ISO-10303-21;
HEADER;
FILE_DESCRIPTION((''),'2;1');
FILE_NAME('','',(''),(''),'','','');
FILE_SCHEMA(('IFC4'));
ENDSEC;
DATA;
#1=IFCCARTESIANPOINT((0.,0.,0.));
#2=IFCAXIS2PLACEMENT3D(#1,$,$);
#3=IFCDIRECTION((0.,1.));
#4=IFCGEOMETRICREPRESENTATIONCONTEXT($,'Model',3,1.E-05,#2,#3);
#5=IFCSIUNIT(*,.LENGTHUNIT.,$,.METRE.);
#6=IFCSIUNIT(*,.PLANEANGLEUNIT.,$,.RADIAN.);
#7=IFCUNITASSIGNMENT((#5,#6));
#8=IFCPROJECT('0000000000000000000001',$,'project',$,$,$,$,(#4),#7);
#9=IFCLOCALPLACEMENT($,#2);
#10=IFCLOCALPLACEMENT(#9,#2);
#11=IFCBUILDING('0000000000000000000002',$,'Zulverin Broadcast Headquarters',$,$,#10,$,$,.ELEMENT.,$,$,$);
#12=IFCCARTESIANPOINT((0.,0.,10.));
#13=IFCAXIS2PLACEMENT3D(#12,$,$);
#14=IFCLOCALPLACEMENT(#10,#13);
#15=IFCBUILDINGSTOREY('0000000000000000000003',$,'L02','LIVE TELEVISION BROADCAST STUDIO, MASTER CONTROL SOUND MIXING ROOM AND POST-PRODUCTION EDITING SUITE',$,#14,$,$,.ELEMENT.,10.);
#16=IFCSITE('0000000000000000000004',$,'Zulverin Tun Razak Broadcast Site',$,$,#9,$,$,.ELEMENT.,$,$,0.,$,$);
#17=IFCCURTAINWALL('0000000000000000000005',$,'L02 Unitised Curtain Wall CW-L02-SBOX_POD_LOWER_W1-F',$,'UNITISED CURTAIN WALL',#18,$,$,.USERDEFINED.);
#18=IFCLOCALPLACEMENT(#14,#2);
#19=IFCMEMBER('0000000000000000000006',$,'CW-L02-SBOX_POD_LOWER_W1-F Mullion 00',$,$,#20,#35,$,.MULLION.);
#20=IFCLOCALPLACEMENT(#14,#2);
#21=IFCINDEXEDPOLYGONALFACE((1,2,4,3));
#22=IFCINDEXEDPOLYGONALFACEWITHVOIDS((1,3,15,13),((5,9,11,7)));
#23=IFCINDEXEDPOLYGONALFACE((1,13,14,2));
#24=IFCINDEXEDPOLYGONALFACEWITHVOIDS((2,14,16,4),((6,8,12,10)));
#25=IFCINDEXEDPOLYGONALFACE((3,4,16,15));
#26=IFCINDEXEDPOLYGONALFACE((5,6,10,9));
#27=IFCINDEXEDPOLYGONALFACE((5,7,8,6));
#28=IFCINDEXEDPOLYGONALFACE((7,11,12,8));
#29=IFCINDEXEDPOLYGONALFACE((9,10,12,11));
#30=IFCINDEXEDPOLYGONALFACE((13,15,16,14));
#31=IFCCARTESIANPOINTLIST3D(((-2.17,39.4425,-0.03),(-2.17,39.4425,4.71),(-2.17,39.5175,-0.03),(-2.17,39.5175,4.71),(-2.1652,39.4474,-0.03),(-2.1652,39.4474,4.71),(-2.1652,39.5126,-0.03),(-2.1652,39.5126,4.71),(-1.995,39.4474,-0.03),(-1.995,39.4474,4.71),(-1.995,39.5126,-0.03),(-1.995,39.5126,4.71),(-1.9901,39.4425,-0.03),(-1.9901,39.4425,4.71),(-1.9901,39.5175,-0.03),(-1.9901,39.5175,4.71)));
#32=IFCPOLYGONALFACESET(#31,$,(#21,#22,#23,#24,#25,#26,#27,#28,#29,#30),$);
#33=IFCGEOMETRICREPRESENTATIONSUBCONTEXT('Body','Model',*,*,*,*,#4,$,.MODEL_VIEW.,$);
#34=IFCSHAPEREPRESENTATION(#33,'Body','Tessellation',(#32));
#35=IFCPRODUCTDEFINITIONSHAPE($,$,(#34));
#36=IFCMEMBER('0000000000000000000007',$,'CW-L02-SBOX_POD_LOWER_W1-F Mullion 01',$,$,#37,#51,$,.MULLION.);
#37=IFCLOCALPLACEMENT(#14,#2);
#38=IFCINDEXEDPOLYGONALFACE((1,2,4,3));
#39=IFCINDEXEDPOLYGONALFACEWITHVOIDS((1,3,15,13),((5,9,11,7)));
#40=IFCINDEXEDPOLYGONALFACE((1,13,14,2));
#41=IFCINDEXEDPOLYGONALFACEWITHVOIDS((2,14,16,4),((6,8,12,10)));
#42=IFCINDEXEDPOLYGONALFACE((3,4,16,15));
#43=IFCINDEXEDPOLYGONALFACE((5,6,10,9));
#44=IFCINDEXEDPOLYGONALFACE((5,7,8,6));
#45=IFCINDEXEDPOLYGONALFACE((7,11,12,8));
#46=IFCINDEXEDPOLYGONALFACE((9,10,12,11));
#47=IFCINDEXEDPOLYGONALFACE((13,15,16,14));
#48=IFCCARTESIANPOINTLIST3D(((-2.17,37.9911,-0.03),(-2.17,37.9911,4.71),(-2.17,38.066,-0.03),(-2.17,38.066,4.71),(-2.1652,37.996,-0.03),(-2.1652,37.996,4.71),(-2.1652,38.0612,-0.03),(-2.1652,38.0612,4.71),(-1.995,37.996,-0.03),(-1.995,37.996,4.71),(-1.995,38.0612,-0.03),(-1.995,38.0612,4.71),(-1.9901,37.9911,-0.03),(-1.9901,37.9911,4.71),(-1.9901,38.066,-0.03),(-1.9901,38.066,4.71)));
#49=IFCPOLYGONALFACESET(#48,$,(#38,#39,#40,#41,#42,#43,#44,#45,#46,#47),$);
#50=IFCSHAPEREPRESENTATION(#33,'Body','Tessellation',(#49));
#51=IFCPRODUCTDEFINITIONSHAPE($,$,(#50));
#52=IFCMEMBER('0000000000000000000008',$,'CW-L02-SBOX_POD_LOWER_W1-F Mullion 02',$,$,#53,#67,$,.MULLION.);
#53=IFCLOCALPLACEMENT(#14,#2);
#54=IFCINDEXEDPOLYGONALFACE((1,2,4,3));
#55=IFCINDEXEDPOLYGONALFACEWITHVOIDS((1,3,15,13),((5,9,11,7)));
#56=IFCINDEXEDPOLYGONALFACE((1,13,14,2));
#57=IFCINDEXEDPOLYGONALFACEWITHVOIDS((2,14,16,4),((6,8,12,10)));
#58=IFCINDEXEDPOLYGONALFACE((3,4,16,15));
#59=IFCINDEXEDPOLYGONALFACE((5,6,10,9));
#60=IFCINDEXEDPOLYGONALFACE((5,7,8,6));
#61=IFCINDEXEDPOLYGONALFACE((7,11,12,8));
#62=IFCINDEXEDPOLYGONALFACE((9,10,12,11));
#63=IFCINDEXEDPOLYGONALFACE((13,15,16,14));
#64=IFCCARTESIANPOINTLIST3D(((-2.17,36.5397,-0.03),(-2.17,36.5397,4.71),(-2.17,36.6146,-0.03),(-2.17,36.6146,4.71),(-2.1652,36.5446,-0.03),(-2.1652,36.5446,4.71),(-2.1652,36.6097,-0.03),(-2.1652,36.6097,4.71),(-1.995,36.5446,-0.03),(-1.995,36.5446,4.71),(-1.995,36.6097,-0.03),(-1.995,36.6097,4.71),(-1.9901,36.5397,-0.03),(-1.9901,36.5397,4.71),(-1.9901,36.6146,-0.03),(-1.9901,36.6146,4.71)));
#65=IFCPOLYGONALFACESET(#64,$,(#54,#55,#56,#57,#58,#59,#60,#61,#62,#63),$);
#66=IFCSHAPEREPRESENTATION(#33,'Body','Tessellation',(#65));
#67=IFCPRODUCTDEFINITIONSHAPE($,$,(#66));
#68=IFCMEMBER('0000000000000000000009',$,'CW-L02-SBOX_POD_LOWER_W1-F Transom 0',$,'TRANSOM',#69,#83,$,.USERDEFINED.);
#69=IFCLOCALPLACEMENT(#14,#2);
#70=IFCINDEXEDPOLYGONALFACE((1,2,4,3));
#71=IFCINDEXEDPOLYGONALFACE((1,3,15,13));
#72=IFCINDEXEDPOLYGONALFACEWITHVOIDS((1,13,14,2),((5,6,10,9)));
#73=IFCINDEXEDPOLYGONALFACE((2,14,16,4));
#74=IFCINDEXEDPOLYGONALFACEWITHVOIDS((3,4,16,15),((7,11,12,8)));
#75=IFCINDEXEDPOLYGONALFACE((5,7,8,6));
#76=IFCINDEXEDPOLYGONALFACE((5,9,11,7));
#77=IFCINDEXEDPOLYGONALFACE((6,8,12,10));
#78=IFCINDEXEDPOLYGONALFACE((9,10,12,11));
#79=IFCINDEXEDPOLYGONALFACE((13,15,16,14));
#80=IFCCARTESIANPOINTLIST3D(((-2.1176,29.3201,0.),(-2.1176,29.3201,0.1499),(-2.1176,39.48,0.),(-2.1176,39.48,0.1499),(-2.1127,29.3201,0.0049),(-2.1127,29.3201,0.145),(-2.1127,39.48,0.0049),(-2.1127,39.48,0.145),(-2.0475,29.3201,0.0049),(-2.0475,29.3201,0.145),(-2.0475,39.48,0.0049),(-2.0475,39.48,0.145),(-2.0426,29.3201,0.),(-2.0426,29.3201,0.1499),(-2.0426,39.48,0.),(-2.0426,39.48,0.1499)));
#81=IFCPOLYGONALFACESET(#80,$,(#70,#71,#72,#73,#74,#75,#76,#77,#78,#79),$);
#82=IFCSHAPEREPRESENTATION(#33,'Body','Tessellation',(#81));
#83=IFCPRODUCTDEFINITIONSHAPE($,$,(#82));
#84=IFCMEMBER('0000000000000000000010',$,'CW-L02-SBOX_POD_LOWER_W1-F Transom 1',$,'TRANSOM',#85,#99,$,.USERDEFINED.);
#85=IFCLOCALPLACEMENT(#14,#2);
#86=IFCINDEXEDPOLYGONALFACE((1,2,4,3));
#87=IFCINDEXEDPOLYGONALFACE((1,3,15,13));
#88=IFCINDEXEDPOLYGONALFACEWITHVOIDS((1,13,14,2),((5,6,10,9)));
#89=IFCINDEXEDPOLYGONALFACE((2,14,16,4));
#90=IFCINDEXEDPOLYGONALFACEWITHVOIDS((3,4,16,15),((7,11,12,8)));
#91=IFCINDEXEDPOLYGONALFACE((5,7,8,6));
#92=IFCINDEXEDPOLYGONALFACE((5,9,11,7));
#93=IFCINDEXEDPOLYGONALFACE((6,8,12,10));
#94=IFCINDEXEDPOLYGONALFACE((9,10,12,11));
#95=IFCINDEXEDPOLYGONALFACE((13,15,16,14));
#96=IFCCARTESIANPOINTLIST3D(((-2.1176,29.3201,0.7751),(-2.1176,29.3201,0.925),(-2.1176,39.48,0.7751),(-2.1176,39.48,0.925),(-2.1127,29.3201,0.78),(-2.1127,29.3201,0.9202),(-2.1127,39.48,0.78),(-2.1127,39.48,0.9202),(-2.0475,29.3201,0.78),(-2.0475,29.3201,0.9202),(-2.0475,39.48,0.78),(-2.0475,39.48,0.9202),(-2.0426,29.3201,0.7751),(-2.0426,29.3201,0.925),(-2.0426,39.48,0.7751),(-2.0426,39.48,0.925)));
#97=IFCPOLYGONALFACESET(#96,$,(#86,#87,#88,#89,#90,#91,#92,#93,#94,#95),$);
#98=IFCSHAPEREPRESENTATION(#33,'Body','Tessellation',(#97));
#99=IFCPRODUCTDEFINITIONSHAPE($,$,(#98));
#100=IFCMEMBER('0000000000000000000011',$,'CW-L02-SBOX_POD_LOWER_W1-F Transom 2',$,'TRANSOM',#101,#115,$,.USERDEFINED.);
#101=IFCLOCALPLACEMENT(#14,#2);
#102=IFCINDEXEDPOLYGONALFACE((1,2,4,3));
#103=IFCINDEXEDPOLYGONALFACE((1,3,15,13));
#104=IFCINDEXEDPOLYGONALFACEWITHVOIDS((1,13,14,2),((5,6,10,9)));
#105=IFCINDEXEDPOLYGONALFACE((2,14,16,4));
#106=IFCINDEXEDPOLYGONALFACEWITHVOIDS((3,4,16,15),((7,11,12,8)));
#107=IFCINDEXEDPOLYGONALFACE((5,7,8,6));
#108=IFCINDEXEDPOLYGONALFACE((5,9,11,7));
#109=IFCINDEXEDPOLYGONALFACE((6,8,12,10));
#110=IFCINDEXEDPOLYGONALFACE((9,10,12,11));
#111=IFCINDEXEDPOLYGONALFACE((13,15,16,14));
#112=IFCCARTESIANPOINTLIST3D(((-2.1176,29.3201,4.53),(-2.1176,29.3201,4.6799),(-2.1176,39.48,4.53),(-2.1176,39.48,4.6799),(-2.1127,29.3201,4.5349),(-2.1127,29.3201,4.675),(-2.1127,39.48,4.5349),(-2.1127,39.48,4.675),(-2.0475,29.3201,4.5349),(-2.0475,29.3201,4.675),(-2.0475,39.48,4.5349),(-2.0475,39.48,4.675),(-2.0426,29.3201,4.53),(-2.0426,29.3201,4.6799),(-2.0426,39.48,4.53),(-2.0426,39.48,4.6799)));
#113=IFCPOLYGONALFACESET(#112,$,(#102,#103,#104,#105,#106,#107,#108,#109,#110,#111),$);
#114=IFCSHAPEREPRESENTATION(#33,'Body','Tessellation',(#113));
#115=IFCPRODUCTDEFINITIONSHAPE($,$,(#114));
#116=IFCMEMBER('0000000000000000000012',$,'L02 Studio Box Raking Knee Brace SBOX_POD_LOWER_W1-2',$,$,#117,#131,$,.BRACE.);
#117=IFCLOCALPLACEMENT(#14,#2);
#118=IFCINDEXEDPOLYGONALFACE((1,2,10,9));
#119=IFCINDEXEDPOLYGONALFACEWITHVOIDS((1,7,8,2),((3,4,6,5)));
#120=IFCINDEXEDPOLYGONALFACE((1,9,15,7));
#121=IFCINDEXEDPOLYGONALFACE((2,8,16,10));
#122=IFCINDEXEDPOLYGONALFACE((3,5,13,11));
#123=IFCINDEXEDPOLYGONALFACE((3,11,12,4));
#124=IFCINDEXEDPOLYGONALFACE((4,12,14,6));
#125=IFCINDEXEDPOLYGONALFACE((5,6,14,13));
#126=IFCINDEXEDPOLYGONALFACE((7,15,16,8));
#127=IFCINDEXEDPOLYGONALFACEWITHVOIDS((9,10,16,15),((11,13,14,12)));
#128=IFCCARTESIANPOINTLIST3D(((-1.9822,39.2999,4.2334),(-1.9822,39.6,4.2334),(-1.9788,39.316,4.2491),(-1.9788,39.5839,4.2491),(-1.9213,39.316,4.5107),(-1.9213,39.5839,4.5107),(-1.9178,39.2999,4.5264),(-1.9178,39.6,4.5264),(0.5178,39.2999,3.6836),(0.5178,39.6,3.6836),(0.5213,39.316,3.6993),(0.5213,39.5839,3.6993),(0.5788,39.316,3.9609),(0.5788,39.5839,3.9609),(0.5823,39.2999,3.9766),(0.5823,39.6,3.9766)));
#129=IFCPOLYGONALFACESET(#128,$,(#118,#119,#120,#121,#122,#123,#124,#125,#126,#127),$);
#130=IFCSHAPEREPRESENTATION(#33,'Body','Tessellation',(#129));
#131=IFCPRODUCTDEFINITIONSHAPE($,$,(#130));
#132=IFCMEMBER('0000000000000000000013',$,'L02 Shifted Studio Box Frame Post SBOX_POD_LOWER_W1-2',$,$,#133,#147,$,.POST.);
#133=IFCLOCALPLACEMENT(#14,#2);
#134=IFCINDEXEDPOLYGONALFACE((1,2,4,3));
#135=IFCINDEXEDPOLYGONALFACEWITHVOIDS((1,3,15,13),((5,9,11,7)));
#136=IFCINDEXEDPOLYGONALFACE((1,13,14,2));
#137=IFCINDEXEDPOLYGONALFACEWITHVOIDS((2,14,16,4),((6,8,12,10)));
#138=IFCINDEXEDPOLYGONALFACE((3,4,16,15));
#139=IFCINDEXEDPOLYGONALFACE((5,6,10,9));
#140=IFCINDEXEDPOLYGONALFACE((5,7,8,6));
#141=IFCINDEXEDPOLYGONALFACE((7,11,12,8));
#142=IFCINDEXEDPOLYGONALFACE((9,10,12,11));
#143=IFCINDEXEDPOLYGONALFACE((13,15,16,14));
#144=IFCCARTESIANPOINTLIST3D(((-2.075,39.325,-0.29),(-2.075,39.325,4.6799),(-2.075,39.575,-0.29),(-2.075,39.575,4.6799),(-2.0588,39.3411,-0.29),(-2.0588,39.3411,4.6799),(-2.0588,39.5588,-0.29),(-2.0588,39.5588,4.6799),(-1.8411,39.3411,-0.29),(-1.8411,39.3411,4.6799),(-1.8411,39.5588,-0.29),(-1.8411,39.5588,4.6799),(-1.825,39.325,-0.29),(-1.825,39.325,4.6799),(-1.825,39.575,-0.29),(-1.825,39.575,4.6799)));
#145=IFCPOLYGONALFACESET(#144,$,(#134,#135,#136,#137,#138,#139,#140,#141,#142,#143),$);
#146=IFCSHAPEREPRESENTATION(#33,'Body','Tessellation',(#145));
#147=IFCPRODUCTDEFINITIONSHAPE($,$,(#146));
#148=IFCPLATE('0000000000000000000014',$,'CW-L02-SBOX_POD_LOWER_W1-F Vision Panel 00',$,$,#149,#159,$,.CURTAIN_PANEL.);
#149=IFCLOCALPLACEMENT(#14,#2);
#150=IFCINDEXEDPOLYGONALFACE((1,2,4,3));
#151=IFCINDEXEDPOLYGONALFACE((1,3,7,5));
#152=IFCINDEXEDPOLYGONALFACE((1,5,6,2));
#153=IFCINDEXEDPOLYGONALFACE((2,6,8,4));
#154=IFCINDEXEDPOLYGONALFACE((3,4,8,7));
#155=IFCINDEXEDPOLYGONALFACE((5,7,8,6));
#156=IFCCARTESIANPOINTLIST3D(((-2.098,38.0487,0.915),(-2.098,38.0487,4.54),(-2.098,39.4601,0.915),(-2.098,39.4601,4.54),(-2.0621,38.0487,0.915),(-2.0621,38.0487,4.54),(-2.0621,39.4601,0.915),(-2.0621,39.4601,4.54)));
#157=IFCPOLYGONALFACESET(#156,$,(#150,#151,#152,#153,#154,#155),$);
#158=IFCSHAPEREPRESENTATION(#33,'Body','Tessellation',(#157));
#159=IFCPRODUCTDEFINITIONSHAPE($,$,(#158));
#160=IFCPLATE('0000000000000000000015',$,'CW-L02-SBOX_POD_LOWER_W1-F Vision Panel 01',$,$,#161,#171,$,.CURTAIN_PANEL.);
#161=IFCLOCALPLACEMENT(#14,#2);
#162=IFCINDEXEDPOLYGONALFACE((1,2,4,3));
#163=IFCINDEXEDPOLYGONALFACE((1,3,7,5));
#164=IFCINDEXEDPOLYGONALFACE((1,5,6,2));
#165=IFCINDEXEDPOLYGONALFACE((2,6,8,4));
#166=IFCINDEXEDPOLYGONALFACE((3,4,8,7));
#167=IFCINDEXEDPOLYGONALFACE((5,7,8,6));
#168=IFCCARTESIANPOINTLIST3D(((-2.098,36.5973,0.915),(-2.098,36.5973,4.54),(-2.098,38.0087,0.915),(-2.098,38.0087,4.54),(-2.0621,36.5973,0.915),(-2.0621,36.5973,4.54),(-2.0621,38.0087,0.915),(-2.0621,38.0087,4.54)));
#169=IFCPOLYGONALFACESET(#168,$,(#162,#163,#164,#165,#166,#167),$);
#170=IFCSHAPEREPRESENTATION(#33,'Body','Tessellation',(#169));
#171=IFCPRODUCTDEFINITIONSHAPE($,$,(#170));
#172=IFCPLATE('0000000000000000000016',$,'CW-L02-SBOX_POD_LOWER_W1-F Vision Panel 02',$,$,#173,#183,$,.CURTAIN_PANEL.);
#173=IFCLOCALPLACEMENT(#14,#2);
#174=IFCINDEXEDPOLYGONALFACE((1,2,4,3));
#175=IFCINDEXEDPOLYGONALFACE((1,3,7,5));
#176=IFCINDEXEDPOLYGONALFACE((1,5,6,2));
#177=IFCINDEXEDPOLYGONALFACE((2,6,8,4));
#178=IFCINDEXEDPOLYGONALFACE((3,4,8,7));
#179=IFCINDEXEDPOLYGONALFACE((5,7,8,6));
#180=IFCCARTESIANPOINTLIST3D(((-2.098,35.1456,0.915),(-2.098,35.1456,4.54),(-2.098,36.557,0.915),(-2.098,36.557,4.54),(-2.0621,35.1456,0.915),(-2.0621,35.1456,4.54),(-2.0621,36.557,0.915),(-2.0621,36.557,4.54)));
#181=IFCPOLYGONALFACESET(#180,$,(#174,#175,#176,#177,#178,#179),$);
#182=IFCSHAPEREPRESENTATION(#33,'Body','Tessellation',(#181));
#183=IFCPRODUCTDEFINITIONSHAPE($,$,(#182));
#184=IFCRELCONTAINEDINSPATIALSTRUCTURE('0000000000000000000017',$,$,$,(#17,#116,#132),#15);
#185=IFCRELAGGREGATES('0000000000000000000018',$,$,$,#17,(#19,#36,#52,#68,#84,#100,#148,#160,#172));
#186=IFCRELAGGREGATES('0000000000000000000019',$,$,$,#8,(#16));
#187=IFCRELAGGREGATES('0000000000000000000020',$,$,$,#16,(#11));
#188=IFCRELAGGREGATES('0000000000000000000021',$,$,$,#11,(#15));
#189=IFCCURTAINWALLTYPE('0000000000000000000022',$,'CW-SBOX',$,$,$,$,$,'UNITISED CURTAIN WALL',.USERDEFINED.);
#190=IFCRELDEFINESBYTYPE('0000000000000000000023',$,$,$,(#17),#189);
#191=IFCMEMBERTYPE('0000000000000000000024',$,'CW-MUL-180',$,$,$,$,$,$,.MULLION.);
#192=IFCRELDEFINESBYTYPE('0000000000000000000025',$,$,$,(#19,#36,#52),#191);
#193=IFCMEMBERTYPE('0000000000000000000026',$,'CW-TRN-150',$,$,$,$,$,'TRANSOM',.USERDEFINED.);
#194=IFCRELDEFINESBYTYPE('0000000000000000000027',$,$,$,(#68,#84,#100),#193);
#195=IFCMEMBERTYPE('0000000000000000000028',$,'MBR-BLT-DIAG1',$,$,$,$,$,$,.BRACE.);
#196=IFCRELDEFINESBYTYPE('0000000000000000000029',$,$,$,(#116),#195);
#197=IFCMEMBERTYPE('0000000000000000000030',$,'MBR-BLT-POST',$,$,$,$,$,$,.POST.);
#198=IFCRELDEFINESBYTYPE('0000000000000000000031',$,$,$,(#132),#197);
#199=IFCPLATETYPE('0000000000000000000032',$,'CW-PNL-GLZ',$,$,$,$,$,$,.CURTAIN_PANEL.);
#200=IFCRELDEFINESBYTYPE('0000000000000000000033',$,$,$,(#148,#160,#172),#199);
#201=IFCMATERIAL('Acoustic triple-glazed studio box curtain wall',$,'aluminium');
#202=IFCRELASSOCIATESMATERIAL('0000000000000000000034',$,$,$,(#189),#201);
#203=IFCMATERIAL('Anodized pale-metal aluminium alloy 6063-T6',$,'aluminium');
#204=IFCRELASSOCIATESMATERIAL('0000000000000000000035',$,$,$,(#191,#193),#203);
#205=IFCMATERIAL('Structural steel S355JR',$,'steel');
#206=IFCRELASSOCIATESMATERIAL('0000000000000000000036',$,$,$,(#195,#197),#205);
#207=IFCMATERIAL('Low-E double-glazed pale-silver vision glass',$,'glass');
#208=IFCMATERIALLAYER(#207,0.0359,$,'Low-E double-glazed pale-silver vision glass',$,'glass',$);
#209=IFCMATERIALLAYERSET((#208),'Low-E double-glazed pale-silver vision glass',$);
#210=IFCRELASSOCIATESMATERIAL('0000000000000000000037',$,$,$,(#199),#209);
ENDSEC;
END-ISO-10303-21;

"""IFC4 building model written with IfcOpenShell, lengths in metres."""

from ifc_helpers import new_model, si_unit, direction, frame, origin, origin_2d, place, context, subcontext, project, spatial, rectangle, hollow_rectangle, extrude, material, layer, layer_set, material_profile, profile_set, type_object, element, aggregate, save


model = new_model("IFC4")

# Units and contexts
model_context = context("Model", 3, precision=1e-05, world=origin(), true_north=direction((0.0, 1.0)))
body_context = subcontext(model_context, "Body", "Model", "MODEL_VIEW")
ifc_project = project(units=[si_unit("LENGTHUNIT", "METRE"), si_unit("PLANEANGLEUNIT", "RADIAN")], contexts=[model_context])

# Site, building, storey
site_placement = place(None, origin())
site = spatial("IfcSite", under=ifc_project, at=site_placement, Name="Zulverin Tun Razak Broadcast Site", CompositionType="ELEMENT", RefElevation=0.0)
building_placement = place(site_placement, origin())
building = spatial("IfcBuilding", under=site, at=building_placement, Name="Zulverin Broadcast Headquarters", CompositionType="ELEMENT")
storey_placement = place(building_placement, frame((0.0, 0.0, 10.0)))
storey = spatial("IfcBuildingStorey", under=building, at=storey_placement, Name="L02", Description="LIVE TELEVISION BROADCAST STUDIO, MASTER CONTROL SOUND MIXING ROOM AND POST-PRODUCTION EDITING SUITE", CompositionType="ELEMENT", Elevation=10.0)

# Curtain wall, members
ifc_material_1 = material(Name="Acoustic triple-glazed studio box curtain wall", Category="aluminium")
curtain_wall_type = type_object("IfcCurtainWallType", Name="CW-SBOX", ElementType="UNITISED CURTAIN WALL", PredefinedType="USERDEFINED", material=ifc_material_1)
curtain_wall_placement = place(storey_placement, origin())
curtain_wall = element("IfcCurtainWall", 1, at=curtain_wall_placement, inside=storey, type_object=curtain_wall_type, Name="L02 Unitised Curtain Wall CW-L02-SBOX_POD_LOWER_W1-F", ObjectType="UNITISED CURTAIN WALL", PredefinedType="USERDEFINED")
ifc_material_2 = material(Name="Anodized pale-metal aluminium alloy 6063-T6", Category="aluminium")
ifc_material_profile_1 = material_profile(ifc_material_2, hollow_rectangle(XDim=0.075, YDim=0.1799, WallThickness=0.0049, at=origin_2d()), Name="Anodized pale-metal aluminium alloy 6063-T6", Category="aluminium")
ifc_profile_set_1 = profile_set([ifc_material_profile_1], Name="Anodized pale-metal aluminium alloy 6063-T6")
member_type_1 = type_object("IfcMemberType", Name="CW-MUL-180", PredefinedType="MULLION", material=ifc_profile_set_1)
member_1_placement = place(storey_placement, frame((-2.0801, 39.48, -0.03), z_axis=(0.0, 0.0, 1.0), x_axis=(0.0, -1.0, 0.0)))
member_1 = element("IfcMember", 2, at=member_1_placement, type_object=member_type_1, Name="CW-L02-SBOX_POD_LOWER_W1-F Mullion 00", PredefinedType="MULLION", context=body_context, shape_type="SweptSolid", body=[
    extrude(hollow_rectangle(XDim=0.075, YDim=0.1799, WallThickness=0.0049, at=origin_2d()), origin(), (0.0, 0.0, 1.0), 4.74),
])
member_2_placement = place(storey_placement, frame((-2.0801, 38.0286, -0.03), z_axis=(0.0, 0.0, 1.0), x_axis=(0.0, -1.0, 0.0)))
member_2 = element("IfcMember", 3, at=member_2_placement, type_object=member_type_1, Name="CW-L02-SBOX_POD_LOWER_W1-F Mullion 01", PredefinedType="MULLION", context=body_context, shape_type="SweptSolid", body=[
    extrude(hollow_rectangle(XDim=0.075, YDim=0.1799, WallThickness=0.0049, at=origin_2d()), origin(), (0.0, 0.0, 1.0), 4.74),
])
member_3_placement = place(storey_placement, frame((-2.0801, 36.5771, -0.03), z_axis=(0.0, 0.0, 1.0), x_axis=(0.0, -1.0, 0.0)))
member_3 = element("IfcMember", 4, at=member_3_placement, type_object=member_type_1, Name="CW-L02-SBOX_POD_LOWER_W1-F Mullion 02", PredefinedType="MULLION", context=body_context, shape_type="SweptSolid", body=[
    extrude(hollow_rectangle(XDim=0.075, YDim=0.1799, WallThickness=0.0049, at=origin_2d()), origin(), (0.0, 0.0, 1.0), 4.74),
])
ifc_material_profile_2 = material_profile(ifc_material_2, hollow_rectangle(XDim=0.075, YDim=0.1499, WallThickness=0.0049, at=origin_2d()), Name="Anodized pale-metal aluminium alloy 6063-T6", Category="aluminium")
ifc_profile_set_2 = profile_set([ifc_material_profile_2], Name="Anodized pale-metal aluminium alloy 6063-T6")
member_type_2 = type_object("IfcMemberType", Name="CW-TRN-150", ElementType="TRANSOM", PredefinedType="USERDEFINED", material=ifc_profile_set_2)
member_4_placement = place(storey_placement, frame((-2.0801, 39.48, 0.075), z_axis=(0.0, -1.0, 0.0), x_axis=(1.0, 0.0, 0.0)))
member_4 = element("IfcMember", 5, at=member_4_placement, type_object=member_type_2, Name="CW-L02-SBOX_POD_LOWER_W1-F Transom 0", ObjectType="TRANSOM", PredefinedType="USERDEFINED", context=body_context, shape_type="SweptSolid", body=[
    extrude(hollow_rectangle(XDim=0.075, YDim=0.1499, WallThickness=0.0049, at=origin_2d()), origin(), (0.0, 0.0, 1.0), 10.1599),
])
member_5_placement = place(storey_placement, frame((-2.0801, 39.48, 0.8501), z_axis=(0.0, -1.0, 0.0), x_axis=(1.0, 0.0, 0.0)))
member_5 = element("IfcMember", 6, at=member_5_placement, type_object=member_type_2, Name="CW-L02-SBOX_POD_LOWER_W1-F Transom 1", ObjectType="TRANSOM", PredefinedType="USERDEFINED", context=body_context, shape_type="SweptSolid", body=[
    extrude(hollow_rectangle(XDim=0.075, YDim=0.1499, WallThickness=0.0049, at=origin_2d()), origin(), (0.0, 0.0, 1.0), 10.1599),
])
member_6_placement = place(storey_placement, frame((-2.0801, 39.48, 4.605), z_axis=(0.0, -1.0, 0.0), x_axis=(1.0, 0.0, 0.0)))
member_6 = element("IfcMember", 7, at=member_6_placement, type_object=member_type_2, Name="CW-L02-SBOX_POD_LOWER_W1-F Transom 2", ObjectType="TRANSOM", PredefinedType="USERDEFINED", context=body_context, shape_type="SweptSolid", body=[
    extrude(hollow_rectangle(XDim=0.075, YDim=0.1499, WallThickness=0.0049, at=origin_2d()), origin(), (0.0, 0.0, 1.0), 10.1599),
])

# Members
ifc_material_3 = material(Name="Structural steel S355JR", Category="steel")
ifc_material_profile_3 = material_profile(ifc_material_3, hollow_rectangle(XDim=0.3, YDim=0.3, WallThickness=0.0161, at=origin_2d()), Name="Structural steel S355JR", Category="steel")
ifc_profile_set_3 = profile_set([ifc_material_profile_3], Name="Structural steel S355JR")
member_type_3 = type_object("IfcMemberType", Name="MBR-BLT-DIAG1", PredefinedType="BRACE", material=ifc_profile_set_3)
member_7_placement = place(storey_placement, frame((0.55, 39.45, 3.8301), z_axis=(-0.97666, 0.0, 0.214789), x_axis=(0.0, -1.0, 0.0)))
element("IfcMember", 8, at=member_7_placement, inside=storey, type_object=member_type_3, Name="L02 Studio Box Raking Knee Brace SBOX_POD_LOWER_W1-2", PredefinedType="BRACE", context=body_context, shape_type="SweptSolid", body=[
    extrude(hollow_rectangle(XDim=0.3, YDim=0.3, WallThickness=0.0161, at=origin_2d()), origin(), (0.0, 0.0, 1.0), 2.5598),
])
ifc_material_profile_4 = material_profile(ifc_material_3, hollow_rectangle(XDim=0.25, YDim=0.25, WallThickness=0.0161, at=origin_2d()), Name="Structural steel S355JR", Category="steel")
ifc_profile_set_4 = profile_set([ifc_material_profile_4], Name="Structural steel S355JR")
member_type_4 = type_object("IfcMemberType", Name="MBR-BLT-POST", PredefinedType="POST", material=ifc_profile_set_4)
member_8_placement = place(storey_placement, frame((-1.95, 39.45, -0.29), z_axis=(0.0, 0.0, 1.0), x_axis=(1.0, 0.0, 0.0)))
element("IfcMember", 9, at=member_8_placement, inside=storey, type_object=member_type_4, Name="L02 Shifted Studio Box Frame Post SBOX_POD_LOWER_W1-2", PredefinedType="POST", context=body_context, shape_type="SweptSolid", body=[
    extrude(hollow_rectangle(XDim=0.25, YDim=0.25, WallThickness=0.0161, at=origin_2d()), origin(), (0.0, 0.0, 1.0), 4.97),
])

# Plates
ifc_material_4 = material(Name="Low-E double-glazed pale-silver vision glass", Category="glass")
ifc_layer_1 = layer(ifc_material_4, 0.0359, Name="Low-E double-glazed pale-silver vision glass", Category="glass")
ifc_layer_set_1 = layer_set([ifc_layer_1], Name="Low-E double-glazed pale-silver vision glass")
plate_type_1 = type_object("IfcPlateType", Name="CW-PNL-GLZ", PredefinedType="CURTAIN_PANEL", material=ifc_layer_set_1)
plate_1_placement = place(storey_placement, frame((-2.0801, 38.7544, 0.915), z_axis=(0.0, 0.0, 1.0), x_axis=(0.0, -1.0, 0.0)))
plate_1 = element("IfcPlate", 10, at=plate_1_placement, type_object=plate_type_1, Name="CW-L02-SBOX_POD_LOWER_W1-F Vision Panel 00", PredefinedType="CURTAIN_PANEL", context=body_context, shape_type="SweptSolid", body=[
    extrude(rectangle(XDim=1.4114, YDim=0.0359, at=origin_2d()), origin(), (0.0, 0.0, 1.0), 3.625),
])
plate_2_placement = place(storey_placement, frame((-2.0801, 37.303, 0.915), z_axis=(0.0, 0.0, 1.0), x_axis=(0.0, -1.0, 0.0)))
plate_2 = element("IfcPlate", 11, at=plate_2_placement, type_object=plate_type_1, Name="CW-L02-SBOX_POD_LOWER_W1-F Vision Panel 01", PredefinedType="CURTAIN_PANEL", context=body_context, shape_type="SweptSolid", body=[
    extrude(rectangle(XDim=1.4114, YDim=0.0359, at=origin_2d()), origin(), (0.0, 0.0, 1.0), 3.625),
])
plate_3_placement = place(storey_placement, frame((-2.0801, 35.8513, 0.915), z_axis=(0.0, 0.0, 1.0), x_axis=(0.0, -1.0, 0.0)))
plate_3 = element("IfcPlate", 12, at=plate_3_placement, type_object=plate_type_1, Name="CW-L02-SBOX_POD_LOWER_W1-F Vision Panel 02", PredefinedType="CURTAIN_PANEL", context=body_context, shape_type="SweptSolid", body=[
    extrude(rectangle(XDim=1.4114, YDim=0.0359, at=origin_2d()), origin(), (0.0, 0.0, 1.0), 3.625),
])
aggregate(curtain_wall, [member_1, member_2, member_3, member_4, member_5, member_6, plate_1, plate_2, plate_3])

save(model, "model.ifc")
